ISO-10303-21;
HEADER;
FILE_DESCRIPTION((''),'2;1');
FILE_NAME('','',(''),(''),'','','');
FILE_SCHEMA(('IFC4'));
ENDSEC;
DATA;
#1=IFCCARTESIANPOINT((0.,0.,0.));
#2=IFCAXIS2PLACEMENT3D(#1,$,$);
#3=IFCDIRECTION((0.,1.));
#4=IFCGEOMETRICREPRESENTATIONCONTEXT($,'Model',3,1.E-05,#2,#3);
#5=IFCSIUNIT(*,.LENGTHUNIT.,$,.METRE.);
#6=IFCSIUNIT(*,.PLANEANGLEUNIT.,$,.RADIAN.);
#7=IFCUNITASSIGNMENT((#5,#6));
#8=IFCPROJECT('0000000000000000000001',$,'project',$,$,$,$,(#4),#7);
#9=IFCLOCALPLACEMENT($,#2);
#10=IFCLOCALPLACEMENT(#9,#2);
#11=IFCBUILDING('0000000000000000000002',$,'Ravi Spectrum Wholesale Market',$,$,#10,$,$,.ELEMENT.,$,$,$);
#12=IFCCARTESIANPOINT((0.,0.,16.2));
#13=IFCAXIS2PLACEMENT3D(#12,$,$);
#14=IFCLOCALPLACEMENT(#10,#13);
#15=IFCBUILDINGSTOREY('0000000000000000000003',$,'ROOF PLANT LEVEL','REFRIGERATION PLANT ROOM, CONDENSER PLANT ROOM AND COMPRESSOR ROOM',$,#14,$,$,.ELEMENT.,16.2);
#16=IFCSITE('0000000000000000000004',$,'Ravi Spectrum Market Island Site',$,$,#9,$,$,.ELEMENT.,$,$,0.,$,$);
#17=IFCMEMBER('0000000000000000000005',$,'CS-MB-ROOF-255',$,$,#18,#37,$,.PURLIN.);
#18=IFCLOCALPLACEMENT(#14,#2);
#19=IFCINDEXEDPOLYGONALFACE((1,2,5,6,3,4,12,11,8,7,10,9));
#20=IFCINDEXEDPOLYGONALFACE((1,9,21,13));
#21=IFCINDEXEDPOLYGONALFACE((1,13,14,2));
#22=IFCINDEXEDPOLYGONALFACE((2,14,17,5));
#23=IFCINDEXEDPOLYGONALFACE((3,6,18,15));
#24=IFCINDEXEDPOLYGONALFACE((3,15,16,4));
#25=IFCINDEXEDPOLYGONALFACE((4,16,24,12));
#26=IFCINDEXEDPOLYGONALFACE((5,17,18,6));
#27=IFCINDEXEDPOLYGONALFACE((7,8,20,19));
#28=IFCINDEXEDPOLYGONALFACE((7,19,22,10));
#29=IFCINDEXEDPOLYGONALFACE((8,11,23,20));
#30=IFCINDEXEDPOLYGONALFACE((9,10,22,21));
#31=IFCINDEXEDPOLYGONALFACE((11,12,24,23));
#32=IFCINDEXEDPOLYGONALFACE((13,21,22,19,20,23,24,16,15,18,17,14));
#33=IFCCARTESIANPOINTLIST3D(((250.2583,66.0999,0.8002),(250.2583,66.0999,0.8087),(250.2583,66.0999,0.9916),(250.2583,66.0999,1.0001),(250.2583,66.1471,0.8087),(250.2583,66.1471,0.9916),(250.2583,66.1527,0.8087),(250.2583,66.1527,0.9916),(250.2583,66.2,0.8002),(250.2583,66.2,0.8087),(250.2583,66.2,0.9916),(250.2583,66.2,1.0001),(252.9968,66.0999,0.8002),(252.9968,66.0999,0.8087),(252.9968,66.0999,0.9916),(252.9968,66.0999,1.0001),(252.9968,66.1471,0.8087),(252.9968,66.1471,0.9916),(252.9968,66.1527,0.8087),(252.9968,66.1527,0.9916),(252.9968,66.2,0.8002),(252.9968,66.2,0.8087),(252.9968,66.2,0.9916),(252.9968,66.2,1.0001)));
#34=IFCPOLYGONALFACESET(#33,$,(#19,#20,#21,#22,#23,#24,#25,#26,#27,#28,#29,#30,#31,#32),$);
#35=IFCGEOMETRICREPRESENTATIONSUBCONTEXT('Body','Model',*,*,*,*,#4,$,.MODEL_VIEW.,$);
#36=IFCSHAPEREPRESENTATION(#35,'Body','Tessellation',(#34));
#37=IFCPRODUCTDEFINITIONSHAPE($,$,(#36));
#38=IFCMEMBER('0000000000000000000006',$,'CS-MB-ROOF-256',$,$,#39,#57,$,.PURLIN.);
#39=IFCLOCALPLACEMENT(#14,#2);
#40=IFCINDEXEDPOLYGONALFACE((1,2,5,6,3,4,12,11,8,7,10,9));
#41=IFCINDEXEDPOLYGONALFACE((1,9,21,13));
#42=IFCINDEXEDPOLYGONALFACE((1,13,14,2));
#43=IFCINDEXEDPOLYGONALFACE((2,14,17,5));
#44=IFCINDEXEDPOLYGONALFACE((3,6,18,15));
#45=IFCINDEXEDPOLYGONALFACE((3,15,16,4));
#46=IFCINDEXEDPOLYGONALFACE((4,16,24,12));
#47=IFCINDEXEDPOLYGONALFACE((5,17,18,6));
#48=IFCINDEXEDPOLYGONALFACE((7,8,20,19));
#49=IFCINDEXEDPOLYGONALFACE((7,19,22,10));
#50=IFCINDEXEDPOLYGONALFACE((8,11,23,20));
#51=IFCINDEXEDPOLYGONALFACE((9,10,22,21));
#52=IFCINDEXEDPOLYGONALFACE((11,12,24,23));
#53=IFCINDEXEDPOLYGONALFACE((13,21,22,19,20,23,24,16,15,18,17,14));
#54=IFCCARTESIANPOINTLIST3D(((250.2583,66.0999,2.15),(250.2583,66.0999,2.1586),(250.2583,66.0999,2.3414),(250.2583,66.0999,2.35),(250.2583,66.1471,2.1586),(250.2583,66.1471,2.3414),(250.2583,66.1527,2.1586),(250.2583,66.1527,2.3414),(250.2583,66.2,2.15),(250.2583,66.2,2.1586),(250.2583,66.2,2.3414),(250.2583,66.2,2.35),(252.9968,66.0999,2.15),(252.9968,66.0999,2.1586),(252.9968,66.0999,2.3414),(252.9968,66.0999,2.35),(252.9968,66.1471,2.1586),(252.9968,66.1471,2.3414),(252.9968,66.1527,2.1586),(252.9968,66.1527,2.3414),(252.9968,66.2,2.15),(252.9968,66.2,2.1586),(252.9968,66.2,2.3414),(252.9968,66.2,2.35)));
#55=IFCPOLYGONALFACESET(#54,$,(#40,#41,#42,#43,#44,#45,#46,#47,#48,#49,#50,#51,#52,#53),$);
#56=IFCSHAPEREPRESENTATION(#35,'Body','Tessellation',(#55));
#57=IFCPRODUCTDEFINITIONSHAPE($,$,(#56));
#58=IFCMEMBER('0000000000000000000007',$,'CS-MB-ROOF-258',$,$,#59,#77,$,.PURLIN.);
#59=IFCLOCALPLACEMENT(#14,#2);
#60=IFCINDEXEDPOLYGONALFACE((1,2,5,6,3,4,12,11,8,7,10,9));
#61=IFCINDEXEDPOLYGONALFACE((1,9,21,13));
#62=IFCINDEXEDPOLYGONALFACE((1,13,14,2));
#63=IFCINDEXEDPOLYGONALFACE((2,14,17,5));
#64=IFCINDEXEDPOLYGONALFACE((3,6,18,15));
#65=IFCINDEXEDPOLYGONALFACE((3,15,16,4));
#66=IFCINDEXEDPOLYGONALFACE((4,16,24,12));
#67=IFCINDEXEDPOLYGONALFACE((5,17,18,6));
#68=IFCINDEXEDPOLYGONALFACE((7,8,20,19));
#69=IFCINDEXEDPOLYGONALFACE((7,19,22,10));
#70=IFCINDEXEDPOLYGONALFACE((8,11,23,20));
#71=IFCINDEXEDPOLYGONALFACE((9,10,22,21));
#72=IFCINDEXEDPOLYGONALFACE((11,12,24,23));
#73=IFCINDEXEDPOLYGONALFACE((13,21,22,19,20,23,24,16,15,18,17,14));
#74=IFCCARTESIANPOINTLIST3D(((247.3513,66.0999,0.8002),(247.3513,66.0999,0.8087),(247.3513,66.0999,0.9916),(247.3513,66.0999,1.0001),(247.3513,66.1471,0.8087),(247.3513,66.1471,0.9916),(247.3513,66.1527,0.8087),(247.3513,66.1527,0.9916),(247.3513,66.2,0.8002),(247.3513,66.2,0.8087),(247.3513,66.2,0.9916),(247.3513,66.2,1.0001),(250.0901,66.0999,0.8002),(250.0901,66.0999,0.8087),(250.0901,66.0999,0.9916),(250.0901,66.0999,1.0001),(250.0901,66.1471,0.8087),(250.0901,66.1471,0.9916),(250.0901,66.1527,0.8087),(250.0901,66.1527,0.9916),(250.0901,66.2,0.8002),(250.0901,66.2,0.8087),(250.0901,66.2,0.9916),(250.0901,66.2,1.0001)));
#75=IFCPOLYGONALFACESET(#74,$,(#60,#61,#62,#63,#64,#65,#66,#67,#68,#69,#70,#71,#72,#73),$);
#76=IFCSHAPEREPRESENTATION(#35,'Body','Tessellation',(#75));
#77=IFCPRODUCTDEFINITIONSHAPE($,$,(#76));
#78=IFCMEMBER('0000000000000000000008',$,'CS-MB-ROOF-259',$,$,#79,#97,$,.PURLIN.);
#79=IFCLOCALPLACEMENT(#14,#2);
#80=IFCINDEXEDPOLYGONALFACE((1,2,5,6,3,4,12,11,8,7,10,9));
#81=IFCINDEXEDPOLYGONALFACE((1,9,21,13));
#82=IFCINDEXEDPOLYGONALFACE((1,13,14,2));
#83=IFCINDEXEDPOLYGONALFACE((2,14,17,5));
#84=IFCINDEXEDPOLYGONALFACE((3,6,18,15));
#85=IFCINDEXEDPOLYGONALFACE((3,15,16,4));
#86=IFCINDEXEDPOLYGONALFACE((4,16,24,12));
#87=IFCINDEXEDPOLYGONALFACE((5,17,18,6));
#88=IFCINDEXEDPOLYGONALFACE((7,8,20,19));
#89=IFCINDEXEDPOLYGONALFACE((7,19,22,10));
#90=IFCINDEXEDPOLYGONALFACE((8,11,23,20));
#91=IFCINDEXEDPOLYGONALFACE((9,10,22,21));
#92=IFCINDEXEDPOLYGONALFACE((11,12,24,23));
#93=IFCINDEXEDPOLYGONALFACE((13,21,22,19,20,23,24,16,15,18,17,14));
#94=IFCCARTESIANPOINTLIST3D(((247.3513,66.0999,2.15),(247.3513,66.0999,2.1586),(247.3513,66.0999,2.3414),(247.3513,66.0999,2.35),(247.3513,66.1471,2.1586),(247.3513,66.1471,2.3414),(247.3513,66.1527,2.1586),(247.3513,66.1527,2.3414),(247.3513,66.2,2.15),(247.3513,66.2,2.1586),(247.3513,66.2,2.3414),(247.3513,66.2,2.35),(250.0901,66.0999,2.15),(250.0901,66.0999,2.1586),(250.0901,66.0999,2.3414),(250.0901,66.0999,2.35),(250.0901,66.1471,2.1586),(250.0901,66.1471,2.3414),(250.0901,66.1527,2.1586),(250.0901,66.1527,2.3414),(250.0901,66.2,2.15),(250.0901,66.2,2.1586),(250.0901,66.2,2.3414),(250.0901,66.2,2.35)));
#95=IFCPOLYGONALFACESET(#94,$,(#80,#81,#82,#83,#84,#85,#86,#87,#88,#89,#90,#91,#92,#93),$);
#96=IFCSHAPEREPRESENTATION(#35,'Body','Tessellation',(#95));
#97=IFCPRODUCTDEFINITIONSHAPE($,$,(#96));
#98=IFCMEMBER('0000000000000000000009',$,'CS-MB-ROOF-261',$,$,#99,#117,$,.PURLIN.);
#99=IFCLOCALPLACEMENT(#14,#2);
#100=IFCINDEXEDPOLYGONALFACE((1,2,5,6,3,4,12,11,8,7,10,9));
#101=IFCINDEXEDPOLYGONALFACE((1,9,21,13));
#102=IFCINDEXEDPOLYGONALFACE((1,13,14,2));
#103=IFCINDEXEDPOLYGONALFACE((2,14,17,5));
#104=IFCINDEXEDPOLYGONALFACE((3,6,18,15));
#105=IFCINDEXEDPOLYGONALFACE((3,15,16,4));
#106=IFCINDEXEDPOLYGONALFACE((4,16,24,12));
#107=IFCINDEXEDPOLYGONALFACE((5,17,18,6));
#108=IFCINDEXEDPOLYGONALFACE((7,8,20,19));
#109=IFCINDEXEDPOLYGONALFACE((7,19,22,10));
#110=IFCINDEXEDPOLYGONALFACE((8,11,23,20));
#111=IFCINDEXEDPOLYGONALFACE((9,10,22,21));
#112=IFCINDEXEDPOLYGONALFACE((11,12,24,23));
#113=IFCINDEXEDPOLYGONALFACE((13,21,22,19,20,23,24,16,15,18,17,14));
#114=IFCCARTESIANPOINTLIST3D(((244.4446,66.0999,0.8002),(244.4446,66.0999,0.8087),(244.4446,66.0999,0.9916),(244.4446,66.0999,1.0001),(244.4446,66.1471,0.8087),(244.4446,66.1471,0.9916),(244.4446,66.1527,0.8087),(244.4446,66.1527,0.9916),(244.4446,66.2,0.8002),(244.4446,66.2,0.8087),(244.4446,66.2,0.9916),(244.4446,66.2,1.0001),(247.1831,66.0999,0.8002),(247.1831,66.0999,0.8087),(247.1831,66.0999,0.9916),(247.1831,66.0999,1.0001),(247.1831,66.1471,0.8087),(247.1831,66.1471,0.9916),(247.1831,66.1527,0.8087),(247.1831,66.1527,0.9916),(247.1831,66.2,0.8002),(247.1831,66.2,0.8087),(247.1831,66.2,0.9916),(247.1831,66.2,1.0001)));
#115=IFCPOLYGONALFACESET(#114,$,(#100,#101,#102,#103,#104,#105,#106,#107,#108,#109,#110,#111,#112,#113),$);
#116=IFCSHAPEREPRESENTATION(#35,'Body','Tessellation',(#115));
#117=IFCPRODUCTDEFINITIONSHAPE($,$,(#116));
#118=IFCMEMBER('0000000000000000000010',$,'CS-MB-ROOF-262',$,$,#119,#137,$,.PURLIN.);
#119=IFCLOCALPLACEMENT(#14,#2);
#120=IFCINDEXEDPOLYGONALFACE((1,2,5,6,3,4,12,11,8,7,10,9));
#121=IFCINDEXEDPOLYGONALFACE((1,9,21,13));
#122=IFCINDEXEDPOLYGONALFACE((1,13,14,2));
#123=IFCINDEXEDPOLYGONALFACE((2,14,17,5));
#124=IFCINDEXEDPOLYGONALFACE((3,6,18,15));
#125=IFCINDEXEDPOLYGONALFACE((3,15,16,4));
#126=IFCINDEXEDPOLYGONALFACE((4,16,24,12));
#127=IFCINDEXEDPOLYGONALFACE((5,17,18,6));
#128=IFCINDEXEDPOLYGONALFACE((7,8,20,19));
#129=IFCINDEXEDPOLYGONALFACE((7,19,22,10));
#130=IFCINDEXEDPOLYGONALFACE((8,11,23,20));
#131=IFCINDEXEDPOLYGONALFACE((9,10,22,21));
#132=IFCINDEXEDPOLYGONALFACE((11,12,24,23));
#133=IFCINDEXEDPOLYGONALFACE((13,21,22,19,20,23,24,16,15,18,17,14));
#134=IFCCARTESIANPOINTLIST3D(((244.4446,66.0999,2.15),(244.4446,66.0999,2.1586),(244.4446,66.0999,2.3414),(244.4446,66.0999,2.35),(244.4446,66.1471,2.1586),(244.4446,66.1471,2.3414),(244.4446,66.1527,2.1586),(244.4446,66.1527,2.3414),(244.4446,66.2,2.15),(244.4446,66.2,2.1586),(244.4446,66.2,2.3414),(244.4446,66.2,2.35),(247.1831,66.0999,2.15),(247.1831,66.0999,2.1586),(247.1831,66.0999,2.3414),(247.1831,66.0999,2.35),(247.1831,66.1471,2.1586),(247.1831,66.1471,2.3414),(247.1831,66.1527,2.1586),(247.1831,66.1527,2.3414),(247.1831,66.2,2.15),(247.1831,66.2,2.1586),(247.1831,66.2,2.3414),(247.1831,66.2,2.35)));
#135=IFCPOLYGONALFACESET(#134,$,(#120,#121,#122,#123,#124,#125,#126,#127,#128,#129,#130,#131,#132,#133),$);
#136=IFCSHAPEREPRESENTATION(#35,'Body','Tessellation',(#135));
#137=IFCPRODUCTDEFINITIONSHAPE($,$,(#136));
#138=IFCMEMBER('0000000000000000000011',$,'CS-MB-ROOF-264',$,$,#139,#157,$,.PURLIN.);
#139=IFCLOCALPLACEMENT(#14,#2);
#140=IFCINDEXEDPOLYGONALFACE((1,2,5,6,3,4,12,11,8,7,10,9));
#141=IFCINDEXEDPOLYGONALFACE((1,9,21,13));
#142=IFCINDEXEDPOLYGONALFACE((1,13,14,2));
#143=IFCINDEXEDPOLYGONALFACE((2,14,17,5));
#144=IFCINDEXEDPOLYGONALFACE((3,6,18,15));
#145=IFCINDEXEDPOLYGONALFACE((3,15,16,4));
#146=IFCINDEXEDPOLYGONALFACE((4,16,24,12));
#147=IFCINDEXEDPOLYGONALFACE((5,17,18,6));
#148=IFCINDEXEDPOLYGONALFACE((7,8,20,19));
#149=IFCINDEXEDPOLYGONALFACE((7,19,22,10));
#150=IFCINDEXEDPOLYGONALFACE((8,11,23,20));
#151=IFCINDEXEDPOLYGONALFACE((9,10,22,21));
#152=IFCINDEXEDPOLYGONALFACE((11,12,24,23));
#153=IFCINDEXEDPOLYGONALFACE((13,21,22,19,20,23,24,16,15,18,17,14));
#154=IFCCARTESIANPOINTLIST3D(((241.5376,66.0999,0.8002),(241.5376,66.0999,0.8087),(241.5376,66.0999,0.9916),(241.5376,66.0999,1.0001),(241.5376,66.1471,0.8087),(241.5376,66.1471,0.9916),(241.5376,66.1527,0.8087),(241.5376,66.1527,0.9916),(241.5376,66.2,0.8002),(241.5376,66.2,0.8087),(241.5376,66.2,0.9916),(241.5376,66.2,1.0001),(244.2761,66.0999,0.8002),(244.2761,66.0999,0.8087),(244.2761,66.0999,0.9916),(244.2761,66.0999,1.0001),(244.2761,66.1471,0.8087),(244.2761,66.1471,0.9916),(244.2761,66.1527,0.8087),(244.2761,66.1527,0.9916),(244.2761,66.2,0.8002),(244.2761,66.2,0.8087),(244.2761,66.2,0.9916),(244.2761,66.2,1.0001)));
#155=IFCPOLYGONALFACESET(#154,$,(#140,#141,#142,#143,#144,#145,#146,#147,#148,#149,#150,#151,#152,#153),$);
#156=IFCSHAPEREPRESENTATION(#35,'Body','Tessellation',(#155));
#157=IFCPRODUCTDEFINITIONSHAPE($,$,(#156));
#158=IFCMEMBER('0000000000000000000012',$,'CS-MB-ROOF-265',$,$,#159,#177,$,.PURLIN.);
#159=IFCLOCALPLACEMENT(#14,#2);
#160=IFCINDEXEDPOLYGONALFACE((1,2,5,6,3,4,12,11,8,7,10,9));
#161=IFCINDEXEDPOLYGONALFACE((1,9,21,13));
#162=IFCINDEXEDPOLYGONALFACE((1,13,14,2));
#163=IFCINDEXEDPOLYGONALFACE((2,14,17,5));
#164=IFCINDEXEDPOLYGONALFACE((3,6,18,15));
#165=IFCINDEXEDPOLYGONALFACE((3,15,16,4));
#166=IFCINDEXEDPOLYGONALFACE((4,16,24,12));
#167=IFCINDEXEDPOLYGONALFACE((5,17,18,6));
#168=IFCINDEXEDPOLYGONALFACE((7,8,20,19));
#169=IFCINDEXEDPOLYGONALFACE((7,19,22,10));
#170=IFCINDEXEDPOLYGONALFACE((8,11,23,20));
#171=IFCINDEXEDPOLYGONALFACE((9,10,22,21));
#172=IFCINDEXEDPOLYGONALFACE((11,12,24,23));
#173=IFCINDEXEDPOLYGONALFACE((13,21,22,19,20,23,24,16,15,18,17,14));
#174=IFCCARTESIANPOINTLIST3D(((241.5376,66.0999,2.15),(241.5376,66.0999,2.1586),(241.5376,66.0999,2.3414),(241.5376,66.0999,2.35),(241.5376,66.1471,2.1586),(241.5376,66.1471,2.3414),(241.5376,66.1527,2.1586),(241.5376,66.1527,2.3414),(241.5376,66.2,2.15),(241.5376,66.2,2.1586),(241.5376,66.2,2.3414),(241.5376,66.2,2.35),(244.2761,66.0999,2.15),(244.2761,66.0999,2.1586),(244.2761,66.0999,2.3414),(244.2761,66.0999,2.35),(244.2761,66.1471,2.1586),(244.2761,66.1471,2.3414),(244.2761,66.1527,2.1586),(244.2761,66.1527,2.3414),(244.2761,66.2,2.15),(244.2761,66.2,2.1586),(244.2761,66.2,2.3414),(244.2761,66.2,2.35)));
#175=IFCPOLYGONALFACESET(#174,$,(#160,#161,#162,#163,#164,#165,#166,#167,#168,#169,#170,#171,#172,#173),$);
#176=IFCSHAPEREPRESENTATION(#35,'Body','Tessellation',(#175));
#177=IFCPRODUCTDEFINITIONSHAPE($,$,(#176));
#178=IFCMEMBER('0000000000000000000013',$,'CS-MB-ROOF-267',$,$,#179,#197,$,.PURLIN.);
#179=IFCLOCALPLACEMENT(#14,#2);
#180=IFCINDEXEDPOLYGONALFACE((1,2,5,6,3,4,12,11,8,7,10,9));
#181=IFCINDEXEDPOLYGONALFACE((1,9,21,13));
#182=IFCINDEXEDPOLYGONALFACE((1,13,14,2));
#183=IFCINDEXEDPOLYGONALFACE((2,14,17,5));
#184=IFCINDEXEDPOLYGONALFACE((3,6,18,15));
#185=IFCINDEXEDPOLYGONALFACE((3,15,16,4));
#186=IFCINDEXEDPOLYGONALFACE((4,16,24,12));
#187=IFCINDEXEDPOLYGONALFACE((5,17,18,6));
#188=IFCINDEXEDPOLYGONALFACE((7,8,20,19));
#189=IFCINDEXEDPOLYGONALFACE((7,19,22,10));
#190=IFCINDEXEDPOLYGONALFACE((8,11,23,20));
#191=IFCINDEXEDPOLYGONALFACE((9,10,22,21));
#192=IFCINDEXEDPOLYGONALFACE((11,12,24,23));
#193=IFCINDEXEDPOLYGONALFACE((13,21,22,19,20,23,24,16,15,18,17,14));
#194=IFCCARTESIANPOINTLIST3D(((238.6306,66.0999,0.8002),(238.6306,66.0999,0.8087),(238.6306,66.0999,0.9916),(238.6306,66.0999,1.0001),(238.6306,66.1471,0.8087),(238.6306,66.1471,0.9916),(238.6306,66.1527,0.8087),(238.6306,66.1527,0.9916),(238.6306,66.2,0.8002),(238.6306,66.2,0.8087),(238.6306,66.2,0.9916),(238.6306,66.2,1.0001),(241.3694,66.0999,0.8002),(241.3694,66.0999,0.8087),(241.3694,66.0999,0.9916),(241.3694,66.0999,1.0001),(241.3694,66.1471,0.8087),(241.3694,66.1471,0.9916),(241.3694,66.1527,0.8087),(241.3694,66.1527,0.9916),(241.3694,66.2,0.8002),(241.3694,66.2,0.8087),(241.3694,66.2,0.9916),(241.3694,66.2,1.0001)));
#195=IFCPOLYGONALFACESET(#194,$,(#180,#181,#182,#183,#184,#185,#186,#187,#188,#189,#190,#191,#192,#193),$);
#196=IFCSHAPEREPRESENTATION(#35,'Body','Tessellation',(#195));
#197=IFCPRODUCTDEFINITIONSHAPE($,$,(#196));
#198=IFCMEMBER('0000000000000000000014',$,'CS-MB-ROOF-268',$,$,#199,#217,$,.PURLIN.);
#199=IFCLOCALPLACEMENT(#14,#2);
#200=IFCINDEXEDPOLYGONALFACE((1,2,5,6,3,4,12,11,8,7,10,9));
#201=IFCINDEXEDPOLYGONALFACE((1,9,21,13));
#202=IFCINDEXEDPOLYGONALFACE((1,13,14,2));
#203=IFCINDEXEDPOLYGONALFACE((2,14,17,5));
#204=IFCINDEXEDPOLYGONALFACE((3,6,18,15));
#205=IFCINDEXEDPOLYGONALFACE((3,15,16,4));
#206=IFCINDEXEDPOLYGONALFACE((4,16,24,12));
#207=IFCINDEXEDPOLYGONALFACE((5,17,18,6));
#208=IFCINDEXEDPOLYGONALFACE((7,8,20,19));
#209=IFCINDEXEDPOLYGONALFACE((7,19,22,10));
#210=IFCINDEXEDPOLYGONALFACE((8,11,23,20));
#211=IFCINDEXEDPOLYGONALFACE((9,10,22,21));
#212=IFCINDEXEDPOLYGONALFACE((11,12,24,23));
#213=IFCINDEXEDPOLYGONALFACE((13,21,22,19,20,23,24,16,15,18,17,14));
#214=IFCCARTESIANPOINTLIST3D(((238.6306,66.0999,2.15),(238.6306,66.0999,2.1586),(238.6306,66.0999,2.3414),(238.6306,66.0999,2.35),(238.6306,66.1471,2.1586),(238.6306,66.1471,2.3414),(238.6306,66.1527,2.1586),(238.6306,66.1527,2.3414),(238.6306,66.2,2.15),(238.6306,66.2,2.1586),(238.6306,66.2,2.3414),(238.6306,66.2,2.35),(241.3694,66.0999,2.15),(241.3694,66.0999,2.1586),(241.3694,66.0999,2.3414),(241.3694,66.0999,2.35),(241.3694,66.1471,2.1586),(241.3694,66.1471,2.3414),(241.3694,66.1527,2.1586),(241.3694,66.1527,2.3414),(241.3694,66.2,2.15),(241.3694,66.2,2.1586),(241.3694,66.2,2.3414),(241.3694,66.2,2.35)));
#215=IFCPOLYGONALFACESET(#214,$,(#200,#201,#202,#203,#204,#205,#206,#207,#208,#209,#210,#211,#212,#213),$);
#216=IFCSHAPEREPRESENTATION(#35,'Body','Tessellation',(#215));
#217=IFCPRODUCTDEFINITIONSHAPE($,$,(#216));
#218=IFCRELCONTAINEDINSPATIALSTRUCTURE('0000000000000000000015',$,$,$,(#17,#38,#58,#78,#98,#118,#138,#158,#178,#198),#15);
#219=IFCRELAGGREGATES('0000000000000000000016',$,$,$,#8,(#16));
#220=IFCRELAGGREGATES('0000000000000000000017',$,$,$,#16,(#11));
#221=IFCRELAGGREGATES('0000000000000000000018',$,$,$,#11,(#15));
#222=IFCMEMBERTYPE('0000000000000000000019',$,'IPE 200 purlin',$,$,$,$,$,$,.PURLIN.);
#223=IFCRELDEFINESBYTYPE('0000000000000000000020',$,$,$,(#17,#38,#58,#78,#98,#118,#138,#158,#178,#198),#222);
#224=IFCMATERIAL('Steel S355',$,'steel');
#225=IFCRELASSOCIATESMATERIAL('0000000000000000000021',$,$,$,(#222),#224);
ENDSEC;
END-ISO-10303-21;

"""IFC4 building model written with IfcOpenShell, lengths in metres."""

from ifc_helpers import new_model, si_unit, direction, frame, origin, origin_2d, place, context, subcontext, project, spatial, i_section, extrude, material, material_profile, profile_set, type_object, element, save


model = new_model("IFC4")

# Units and contexts
model_context = context("Model", 3, precision=1e-05, world=origin(), true_north=direction((0.0, 1.0)))
body_context = subcontext(model_context, "Body", "Model", "MODEL_VIEW")
ifc_project = project(units=[si_unit("LENGTHUNIT", "METRE"), si_unit("PLANEANGLEUNIT", "RADIAN")], contexts=[model_context])

# Site, building, storey
site_placement = place(None, origin())
site = spatial("IfcSite", under=ifc_project, at=site_placement, Name="Ravi Spectrum Market Island Site", CompositionType="ELEMENT", RefElevation=0.0)
building_placement = place(site_placement, origin())
building = spatial("IfcBuilding", under=site, at=building_placement, Name="Ravi Spectrum Wholesale Market", CompositionType="ELEMENT")
storey_placement = place(building_placement, frame((0.0, 0.0, 16.2)))
storey = spatial("IfcBuildingStorey", under=building, at=storey_placement, Name="ROOF PLANT LEVEL", Description="REFRIGERATION PLANT ROOM, CONDENSER PLANT ROOM AND COMPRESSOR ROOM", CompositionType="ELEMENT", Elevation=16.2)

# Members
ifc_material_1 = material(Name="Steel S355", Category="steel")
ifc_material_profile_1 = material_profile(ifc_material_1, i_section(OverallWidth=0.1001, OverallDepth=0.2, WebThickness=0.0056, FlangeThickness=0.0085, at=origin_2d()))
ifc_profile_set_1 = profile_set([ifc_material_profile_1], Name="Steel S355")
member_type_1 = type_object("IfcMemberType", Name="IPE 200 purlin", PredefinedType="PURLIN", material=ifc_profile_set_1)
for number, where, z_axis, x_axis, name in (
    (1, (252.9968, 66.1499, 0.9001), (-1.0, 0.0, 0.0), (0.0, -1.0, 0.0), "CS-MB-ROOF-255"),
    (2, (252.9968, 66.1499, 2.25), (-1.0, 0.0, 0.0), (0.0, -1.0, 0.0), "CS-MB-ROOF-256"),
):
    element("IfcMember", number, at=place(storey_placement, frame(where, z_axis=z_axis, x_axis=x_axis)), inside=storey, type_object=member_type_1, Name=name, PredefinedType="PURLIN", context=body_context, shape_type="SweptSolid", body=[
        extrude(i_section(OverallWidth=0.1001, OverallDepth=0.2, WebThickness=0.0056, FlangeThickness=0.0085, at=origin_2d()), origin(), (0.0, 0.0, 1.0), 2.7385),
    ])
for number, where, z_axis, x_axis, name in (
    (3, (250.0901, 66.1499, 0.9001), (-1.0, 0.0, 0.0), (0.0, -1.0, 0.0), "CS-MB-ROOF-258"),
    (4, (250.0901, 66.1499, 2.25), (-1.0, 0.0, 0.0), (0.0, -1.0, 0.0), "CS-MB-ROOF-259"),
):
    element("IfcMember", number, at=place(storey_placement, frame(where, z_axis=z_axis, x_axis=x_axis)), inside=storey, type_object=member_type_1, Name=name, PredefinedType="PURLIN", context=body_context, shape_type="SweptSolid", body=[
        extrude(i_section(OverallWidth=0.1001, OverallDepth=0.2, WebThickness=0.0056, FlangeThickness=0.0085, at=origin_2d()), origin(), (0.0, 0.0, 1.0), 2.7388),
    ])
for number, where, z_axis, x_axis, name in (
    (5, (247.1831, 66.1499, 0.9001), (-1.0, 0.0, 0.0), (0.0, -1.0, 0.0), "CS-MB-ROOF-261"),
    (6, (247.1831, 66.1499, 2.25), (-1.0, 0.0, 0.0), (0.0, -1.0, 0.0), "CS-MB-ROOF-262"),
    (7, (244.2761, 66.1499, 0.9001), (-1.0, 0.0, 0.0), (0.0, -1.0, 0.0), "CS-MB-ROOF-264"),
    (8, (244.2761, 66.1499, 2.25), (-1.0, 0.0, 0.0), (0.0, -1.0, 0.0), "CS-MB-ROOF-265"),
):
    element("IfcMember", number, at=place(storey_placement, frame(where, z_axis=z_axis, x_axis=x_axis)), inside=storey, type_object=member_type_1, Name=name, PredefinedType="PURLIN", context=body_context, shape_type="SweptSolid", body=[
        extrude(i_section(OverallWidth=0.1001, OverallDepth=0.2, WebThickness=0.0056, FlangeThickness=0.0085, at=origin_2d()), origin(), (0.0, 0.0, 1.0), 2.7385),
    ])
for number, where, z_axis, x_axis, name in (
    (9, (241.3694, 66.1499, 0.9001), (-1.0, 0.0, 0.0), (0.0, -1.0, 0.0), "CS-MB-ROOF-267"),
    (10, (241.3694, 66.1499, 2.25), (-1.0, 0.0, 0.0), (0.0, -1.0, 0.0), "CS-MB-ROOF-268"),
):
    element("IfcMember", number, at=place(storey_placement, frame(where, z_axis=z_axis, x_axis=x_axis)), inside=storey, type_object=member_type_1, Name=name, PredefinedType="PURLIN", context=body_context, shape_type="SweptSolid", body=[
        extrude(i_section(OverallWidth=0.1001, OverallDepth=0.2, WebThickness=0.0056, FlangeThickness=0.0085, at=origin_2d()), origin(), (0.0, 0.0, 1.0), 2.7388),
    ])

save(model, "model.ifc")
